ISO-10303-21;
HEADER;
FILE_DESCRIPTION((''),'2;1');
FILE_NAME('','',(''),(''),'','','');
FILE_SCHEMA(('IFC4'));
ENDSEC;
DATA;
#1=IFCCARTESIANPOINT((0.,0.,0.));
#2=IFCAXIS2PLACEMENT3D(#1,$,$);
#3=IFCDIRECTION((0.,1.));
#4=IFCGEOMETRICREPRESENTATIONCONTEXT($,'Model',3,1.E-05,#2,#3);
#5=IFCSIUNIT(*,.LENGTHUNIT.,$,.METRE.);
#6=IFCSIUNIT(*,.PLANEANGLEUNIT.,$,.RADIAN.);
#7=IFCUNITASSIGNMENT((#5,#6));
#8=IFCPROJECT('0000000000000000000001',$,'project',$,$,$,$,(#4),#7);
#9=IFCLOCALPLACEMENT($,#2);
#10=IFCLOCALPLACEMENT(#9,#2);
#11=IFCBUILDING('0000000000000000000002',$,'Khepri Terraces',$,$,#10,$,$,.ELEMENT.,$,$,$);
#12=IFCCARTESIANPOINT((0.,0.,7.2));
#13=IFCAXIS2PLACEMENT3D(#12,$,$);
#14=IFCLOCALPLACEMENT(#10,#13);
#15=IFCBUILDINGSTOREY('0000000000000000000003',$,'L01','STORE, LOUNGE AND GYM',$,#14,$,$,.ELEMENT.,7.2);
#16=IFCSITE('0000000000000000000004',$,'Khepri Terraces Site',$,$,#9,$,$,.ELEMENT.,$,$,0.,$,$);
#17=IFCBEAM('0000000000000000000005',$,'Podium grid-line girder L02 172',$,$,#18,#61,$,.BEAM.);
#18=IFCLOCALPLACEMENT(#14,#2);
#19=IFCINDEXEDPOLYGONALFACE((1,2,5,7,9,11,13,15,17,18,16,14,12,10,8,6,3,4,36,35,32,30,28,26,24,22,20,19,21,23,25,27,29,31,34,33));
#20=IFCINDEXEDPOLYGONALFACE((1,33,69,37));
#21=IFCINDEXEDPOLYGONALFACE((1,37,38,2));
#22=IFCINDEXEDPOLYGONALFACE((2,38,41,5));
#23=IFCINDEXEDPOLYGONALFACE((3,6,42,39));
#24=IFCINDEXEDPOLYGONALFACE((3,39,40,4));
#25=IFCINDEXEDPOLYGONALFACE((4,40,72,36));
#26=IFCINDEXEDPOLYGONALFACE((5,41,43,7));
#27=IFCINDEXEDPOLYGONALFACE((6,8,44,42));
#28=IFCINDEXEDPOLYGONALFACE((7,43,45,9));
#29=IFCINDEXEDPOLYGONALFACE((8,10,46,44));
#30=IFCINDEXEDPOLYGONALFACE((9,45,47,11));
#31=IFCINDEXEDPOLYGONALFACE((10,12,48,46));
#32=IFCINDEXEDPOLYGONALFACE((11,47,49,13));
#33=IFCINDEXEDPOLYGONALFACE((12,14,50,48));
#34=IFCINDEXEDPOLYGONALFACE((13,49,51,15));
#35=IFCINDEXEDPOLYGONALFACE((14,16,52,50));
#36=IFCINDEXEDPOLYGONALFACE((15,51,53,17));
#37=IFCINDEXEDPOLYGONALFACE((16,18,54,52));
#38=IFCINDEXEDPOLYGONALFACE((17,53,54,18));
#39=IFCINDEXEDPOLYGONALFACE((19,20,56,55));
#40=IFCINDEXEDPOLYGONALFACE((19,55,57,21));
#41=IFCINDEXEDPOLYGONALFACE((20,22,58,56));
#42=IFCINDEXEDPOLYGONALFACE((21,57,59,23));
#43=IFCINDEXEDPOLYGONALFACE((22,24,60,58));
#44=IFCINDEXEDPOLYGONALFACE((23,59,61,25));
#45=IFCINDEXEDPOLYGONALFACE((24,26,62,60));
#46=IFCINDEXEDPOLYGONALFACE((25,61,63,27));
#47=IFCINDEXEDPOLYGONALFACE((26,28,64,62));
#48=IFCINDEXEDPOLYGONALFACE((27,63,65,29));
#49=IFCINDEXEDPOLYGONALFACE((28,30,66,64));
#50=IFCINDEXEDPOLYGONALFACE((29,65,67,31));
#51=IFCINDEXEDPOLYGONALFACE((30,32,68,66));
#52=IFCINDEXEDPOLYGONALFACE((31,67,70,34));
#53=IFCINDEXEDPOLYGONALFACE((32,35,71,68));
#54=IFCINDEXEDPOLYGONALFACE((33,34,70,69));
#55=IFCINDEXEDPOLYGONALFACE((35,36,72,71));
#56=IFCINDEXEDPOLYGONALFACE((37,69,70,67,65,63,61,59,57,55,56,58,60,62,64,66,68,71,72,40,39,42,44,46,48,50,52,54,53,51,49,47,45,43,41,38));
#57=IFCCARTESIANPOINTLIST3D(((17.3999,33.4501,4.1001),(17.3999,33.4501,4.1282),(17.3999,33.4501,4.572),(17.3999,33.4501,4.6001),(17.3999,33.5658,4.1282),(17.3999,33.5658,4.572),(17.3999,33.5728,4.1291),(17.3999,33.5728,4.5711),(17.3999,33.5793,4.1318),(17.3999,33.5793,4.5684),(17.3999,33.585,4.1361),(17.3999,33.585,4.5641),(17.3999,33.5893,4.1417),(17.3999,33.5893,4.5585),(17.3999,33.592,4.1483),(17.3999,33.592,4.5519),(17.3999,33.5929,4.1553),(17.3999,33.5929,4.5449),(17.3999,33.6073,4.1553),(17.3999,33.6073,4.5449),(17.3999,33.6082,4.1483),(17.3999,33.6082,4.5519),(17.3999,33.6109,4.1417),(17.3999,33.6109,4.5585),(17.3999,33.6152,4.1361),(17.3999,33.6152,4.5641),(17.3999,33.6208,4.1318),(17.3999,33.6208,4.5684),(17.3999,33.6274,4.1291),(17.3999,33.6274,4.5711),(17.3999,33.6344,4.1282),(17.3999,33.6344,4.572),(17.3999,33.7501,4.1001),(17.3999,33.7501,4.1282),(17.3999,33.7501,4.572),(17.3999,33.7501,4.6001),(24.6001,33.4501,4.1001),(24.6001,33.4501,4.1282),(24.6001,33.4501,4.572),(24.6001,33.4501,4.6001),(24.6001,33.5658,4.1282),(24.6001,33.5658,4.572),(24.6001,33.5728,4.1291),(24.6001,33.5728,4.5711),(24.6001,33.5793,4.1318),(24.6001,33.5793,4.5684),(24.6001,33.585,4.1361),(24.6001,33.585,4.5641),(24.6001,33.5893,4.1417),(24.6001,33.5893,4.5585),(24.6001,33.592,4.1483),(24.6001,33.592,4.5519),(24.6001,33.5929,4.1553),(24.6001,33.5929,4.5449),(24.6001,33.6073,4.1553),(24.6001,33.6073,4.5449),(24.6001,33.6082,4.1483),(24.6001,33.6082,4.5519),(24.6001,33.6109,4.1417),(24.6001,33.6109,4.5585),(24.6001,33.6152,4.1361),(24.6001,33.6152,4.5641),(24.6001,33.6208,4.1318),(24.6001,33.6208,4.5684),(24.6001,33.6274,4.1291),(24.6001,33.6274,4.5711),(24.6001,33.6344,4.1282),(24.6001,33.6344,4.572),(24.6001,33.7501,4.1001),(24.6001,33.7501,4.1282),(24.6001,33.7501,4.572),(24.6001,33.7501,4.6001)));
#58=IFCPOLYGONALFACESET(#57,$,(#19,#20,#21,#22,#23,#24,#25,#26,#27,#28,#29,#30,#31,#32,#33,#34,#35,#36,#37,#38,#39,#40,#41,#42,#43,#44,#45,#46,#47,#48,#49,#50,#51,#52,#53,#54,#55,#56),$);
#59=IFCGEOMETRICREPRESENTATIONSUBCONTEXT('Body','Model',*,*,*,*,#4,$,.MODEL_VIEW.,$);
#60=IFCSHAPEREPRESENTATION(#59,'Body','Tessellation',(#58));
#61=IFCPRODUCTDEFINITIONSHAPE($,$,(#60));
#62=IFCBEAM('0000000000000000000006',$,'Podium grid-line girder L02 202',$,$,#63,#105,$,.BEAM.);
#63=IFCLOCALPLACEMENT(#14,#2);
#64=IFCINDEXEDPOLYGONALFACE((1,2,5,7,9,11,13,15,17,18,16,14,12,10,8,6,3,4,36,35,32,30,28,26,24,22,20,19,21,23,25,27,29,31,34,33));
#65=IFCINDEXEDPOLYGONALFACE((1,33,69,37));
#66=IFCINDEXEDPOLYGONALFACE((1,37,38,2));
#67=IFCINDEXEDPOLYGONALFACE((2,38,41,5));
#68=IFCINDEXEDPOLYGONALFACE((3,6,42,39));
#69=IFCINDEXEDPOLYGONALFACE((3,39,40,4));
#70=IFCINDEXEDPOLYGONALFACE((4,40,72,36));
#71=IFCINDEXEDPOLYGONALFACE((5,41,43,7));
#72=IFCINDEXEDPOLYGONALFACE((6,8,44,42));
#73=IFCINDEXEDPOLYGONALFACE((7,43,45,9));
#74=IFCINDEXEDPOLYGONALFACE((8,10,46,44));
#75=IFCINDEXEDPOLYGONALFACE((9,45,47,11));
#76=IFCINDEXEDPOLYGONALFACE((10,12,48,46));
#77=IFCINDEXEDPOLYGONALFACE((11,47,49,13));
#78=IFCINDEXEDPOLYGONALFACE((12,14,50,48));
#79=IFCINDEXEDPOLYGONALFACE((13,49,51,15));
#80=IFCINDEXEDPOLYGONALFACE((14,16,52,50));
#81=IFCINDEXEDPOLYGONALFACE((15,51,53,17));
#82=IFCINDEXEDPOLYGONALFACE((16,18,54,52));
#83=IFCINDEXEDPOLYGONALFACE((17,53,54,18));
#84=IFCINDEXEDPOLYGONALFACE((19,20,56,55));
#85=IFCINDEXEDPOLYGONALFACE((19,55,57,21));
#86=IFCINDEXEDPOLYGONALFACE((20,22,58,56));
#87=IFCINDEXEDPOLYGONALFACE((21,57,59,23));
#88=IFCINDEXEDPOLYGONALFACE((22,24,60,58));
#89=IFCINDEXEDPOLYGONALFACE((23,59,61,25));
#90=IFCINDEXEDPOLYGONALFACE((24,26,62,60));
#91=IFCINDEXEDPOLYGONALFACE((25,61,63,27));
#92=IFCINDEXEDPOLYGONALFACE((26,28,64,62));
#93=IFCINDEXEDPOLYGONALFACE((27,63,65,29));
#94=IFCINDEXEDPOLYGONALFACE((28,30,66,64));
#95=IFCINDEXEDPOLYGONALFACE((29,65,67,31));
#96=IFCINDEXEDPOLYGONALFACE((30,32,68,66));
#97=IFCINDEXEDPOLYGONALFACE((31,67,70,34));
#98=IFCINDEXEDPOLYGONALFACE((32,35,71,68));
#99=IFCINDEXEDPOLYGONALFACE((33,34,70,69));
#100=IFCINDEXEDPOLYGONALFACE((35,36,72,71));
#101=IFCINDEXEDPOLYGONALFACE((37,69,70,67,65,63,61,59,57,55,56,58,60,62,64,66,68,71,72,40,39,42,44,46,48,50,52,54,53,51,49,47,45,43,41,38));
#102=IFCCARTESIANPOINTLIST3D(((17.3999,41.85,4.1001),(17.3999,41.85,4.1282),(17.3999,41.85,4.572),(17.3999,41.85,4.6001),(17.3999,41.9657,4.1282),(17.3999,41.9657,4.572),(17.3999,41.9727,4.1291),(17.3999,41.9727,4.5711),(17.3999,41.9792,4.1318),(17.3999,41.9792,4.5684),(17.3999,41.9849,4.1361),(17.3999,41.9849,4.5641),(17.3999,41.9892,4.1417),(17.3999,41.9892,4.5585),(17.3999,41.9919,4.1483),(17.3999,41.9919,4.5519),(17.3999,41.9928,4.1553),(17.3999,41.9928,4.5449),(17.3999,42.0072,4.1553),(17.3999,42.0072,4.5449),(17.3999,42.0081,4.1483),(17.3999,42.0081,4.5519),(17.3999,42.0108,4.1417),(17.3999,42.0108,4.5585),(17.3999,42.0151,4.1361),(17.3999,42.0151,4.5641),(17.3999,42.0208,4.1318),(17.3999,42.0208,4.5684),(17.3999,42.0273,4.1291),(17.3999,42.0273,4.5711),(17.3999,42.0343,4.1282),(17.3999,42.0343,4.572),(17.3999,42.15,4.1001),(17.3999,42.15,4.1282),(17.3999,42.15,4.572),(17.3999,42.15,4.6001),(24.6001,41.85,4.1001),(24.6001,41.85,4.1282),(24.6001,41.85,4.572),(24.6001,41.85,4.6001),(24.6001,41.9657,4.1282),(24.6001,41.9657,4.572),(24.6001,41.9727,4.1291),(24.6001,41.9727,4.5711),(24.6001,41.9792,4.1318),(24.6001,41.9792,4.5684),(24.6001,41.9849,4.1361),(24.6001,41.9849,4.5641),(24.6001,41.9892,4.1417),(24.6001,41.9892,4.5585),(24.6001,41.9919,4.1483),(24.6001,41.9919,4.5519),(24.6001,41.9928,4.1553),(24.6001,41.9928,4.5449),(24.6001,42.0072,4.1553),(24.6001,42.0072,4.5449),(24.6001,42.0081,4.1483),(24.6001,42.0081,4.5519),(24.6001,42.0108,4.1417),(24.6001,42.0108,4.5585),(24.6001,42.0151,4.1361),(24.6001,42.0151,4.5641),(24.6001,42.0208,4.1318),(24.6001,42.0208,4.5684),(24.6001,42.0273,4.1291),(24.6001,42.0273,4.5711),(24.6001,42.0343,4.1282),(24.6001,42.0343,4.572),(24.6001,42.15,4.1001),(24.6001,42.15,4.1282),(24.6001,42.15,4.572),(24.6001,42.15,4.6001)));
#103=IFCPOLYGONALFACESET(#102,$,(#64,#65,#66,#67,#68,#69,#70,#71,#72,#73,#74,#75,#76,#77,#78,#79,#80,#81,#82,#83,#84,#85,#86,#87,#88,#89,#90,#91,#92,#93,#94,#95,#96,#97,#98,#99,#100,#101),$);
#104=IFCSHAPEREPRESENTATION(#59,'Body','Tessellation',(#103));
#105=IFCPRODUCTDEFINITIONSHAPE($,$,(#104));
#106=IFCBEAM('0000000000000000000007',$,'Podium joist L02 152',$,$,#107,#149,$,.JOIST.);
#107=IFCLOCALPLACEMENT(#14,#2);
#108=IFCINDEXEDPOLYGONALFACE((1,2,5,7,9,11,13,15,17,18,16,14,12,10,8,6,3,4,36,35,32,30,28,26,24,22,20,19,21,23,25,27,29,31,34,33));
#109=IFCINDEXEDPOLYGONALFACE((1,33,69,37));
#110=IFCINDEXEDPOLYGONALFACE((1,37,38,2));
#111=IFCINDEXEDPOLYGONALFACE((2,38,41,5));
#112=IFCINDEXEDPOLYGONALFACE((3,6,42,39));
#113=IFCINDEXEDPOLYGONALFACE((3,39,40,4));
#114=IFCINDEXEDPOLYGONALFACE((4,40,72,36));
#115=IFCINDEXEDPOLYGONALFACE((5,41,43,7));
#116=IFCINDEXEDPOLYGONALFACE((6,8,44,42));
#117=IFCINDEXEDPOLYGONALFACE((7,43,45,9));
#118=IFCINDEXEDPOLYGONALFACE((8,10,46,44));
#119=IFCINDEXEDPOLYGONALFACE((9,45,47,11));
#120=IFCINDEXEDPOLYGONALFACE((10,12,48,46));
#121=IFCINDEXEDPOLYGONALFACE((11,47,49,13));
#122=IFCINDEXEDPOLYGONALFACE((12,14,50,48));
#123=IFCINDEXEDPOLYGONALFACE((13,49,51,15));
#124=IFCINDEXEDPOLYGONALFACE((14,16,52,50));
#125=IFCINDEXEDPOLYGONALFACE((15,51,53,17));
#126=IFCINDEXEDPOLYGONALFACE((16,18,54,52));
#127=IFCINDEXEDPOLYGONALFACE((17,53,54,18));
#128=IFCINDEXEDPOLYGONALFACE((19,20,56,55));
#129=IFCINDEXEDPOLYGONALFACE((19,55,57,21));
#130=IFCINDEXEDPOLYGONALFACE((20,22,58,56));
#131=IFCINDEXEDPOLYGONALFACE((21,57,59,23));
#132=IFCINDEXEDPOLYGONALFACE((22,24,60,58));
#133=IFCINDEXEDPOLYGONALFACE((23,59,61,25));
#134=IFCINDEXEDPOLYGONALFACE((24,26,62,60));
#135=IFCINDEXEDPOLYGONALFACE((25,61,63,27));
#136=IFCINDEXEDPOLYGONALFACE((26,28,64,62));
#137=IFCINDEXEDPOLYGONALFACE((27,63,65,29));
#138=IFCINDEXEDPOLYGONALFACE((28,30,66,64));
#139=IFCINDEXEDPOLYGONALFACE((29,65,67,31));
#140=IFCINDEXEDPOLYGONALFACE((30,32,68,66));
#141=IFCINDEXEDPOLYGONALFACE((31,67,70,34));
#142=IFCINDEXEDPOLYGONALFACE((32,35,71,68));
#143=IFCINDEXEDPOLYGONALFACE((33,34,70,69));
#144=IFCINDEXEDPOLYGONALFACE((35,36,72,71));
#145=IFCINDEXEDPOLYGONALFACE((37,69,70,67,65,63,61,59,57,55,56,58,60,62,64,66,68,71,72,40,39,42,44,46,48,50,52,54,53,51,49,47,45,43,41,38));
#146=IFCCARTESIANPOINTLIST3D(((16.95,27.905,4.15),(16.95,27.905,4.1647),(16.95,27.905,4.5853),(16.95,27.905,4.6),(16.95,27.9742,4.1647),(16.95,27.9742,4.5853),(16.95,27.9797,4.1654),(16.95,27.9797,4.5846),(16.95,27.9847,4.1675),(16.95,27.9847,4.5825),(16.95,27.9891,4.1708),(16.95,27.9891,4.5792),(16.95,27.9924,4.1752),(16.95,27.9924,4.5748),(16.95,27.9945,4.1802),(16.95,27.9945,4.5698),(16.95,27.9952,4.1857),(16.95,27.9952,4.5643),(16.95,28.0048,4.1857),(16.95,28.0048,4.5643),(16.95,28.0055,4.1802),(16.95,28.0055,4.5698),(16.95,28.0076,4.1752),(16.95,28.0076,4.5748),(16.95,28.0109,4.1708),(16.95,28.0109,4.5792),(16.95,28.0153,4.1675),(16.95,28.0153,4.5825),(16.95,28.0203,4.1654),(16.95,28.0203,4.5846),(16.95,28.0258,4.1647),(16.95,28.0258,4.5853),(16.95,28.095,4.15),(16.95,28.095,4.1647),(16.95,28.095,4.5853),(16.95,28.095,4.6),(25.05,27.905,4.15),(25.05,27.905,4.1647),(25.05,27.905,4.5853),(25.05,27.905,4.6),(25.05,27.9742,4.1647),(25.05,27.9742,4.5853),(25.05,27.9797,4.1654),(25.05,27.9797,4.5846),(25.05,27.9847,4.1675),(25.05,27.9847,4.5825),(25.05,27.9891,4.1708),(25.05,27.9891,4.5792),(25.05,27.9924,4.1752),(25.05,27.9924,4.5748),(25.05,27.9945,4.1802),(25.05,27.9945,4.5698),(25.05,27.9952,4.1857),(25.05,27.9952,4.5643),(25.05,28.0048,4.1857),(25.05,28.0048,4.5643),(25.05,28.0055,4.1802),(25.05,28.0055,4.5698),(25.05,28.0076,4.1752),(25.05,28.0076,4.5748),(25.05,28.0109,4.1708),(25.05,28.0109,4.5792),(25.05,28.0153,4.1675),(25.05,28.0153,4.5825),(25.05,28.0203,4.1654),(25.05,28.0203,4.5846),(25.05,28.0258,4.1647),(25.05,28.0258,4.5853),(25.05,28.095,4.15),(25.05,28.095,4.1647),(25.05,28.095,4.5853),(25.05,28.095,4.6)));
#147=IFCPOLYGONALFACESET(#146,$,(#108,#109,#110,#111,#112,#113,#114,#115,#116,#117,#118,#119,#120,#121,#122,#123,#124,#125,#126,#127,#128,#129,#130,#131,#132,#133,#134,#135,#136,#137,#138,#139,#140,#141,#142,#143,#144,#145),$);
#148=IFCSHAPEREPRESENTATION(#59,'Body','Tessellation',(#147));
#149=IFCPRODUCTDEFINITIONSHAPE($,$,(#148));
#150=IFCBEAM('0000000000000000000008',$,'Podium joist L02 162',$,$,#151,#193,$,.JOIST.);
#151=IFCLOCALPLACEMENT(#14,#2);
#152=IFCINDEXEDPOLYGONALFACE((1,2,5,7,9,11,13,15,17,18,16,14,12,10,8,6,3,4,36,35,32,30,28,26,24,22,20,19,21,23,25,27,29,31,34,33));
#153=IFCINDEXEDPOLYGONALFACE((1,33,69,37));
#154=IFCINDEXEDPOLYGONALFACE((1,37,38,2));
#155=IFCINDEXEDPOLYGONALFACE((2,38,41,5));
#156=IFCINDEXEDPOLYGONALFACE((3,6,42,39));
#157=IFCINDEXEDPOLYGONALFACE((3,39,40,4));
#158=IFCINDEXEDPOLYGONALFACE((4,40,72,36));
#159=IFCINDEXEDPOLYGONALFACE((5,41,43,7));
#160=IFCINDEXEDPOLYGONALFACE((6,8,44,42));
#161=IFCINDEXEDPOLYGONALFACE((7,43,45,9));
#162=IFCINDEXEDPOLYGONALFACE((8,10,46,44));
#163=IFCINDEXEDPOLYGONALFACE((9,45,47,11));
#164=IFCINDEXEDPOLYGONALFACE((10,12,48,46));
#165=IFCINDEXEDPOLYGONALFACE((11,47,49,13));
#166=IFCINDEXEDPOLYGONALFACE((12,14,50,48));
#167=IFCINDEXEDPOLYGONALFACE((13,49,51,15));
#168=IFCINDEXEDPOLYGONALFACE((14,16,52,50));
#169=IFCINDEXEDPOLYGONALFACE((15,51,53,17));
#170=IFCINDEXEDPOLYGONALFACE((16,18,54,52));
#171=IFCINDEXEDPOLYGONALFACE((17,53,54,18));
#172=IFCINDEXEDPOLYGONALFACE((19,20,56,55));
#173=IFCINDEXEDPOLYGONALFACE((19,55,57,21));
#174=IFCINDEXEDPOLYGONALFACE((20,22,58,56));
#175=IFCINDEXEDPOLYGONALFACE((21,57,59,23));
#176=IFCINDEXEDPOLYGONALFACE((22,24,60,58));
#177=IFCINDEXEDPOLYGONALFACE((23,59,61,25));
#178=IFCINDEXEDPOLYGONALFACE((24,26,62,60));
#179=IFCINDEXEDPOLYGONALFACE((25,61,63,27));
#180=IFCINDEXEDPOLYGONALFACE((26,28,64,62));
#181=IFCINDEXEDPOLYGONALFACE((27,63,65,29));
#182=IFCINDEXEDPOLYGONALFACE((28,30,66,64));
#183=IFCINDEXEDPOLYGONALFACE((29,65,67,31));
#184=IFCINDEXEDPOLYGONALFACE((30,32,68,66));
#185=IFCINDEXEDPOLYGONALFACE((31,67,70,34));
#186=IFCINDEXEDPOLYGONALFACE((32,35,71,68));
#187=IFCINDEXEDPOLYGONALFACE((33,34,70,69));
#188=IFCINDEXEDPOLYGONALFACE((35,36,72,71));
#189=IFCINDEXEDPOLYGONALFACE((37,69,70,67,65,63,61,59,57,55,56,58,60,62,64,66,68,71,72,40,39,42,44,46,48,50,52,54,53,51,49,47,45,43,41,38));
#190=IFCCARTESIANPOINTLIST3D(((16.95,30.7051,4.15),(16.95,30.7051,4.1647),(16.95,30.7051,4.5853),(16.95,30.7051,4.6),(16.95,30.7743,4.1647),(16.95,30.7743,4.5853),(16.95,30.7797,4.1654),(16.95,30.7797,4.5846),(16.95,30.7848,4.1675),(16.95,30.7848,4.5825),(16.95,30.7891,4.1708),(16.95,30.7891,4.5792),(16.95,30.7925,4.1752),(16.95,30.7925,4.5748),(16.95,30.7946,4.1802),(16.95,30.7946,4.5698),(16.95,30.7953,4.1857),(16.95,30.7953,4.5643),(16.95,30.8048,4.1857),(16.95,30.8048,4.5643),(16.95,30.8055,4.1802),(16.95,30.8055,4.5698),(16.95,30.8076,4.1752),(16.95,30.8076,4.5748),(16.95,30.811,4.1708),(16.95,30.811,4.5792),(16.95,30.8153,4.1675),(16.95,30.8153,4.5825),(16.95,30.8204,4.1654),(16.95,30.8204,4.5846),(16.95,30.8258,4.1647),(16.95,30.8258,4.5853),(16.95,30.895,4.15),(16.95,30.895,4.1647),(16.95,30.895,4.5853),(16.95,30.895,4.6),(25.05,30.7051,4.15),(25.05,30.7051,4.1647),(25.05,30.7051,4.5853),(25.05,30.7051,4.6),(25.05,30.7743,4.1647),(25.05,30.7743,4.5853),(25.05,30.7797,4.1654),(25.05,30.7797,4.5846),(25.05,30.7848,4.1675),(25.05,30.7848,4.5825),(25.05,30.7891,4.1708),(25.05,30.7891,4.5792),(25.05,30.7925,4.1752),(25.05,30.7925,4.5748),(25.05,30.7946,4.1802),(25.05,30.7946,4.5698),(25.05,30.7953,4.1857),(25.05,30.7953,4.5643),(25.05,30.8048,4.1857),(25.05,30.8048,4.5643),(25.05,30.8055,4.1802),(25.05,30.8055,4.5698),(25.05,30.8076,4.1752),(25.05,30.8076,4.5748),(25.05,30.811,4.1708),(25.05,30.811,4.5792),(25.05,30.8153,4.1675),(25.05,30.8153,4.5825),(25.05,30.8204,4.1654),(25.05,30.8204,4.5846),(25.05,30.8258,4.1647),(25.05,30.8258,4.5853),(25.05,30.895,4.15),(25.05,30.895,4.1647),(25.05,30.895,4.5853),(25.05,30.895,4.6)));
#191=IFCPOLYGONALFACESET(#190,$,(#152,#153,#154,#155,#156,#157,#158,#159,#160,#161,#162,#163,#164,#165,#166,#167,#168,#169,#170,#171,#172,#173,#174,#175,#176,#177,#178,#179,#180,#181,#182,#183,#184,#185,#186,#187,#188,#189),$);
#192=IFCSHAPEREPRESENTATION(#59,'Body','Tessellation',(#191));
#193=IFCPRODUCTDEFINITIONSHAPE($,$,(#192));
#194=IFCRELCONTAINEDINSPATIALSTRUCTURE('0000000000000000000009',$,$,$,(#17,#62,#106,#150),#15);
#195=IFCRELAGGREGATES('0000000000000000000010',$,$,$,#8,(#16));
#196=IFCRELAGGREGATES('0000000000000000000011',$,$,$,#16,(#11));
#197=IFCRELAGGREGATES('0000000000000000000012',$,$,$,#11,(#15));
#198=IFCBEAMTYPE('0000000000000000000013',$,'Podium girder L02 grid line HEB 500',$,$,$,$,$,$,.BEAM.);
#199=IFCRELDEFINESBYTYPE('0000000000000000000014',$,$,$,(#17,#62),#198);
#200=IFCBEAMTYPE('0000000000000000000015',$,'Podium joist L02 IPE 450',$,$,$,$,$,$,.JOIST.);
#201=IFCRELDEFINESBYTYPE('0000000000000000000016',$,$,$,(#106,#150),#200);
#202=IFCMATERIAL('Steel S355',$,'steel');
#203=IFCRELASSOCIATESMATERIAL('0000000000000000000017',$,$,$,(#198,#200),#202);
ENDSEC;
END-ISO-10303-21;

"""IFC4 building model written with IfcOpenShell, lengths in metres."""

from ifc_helpers import new_model, si_unit, direction, frame, origin, origin_2d, place, context, subcontext, project, spatial, i_section, extrude, material, material_profile, profile_set, type_object, element, save


model = new_model("IFC4")

# Units and contexts
model_context = context("Model", 3, precision=1e-05, world=origin(), true_north=direction((0.0, 1.0)))
body_context = subcontext(model_context, "Body", "Model", "MODEL_VIEW")
ifc_project = project(units=[si_unit("LENGTHUNIT", "METRE"), si_unit("PLANEANGLEUNIT", "RADIAN")], contexts=[model_context])

# Site, building, storey
site_placement = place(None, origin())
site = spatial("IfcSite", under=ifc_project, at=site_placement, Name="Khepri Terraces Site", CompositionType="ELEMENT", RefElevation=0.0)
building_placement = place(site_placement, origin())
building = spatial("IfcBuilding", under=site, at=building_placement, Name="Khepri Terraces", CompositionType="ELEMENT")
storey_placement = place(building_placement, frame((0.0, 0.0, 7.2)))
storey = spatial("IfcBuildingStorey", under=building, at=storey_placement, Name="L01", Description="STORE, LOUNGE AND GYM", CompositionType="ELEMENT", Elevation=7.2)

# Beams
ifc_material_1 = material(Name="Steel S355", Category="steel")
ifc_material_profile_1 = material_profile(ifc_material_1, i_section(OverallWidth=0.3, OverallDepth=0.5, WebThickness=0.0144, FlangeThickness=0.0281, FilletRadius=0.0271, at=origin_2d()), Name="Steel S355", Category="steel")
ifc_profile_set_1 = profile_set([ifc_material_profile_1], Name="Steel S355")
beam_type_1 = type_object("IfcBeamType", Name="Podium girder L02 grid line HEB 500", PredefinedType="BEAM", material=ifc_profile_set_1)
for number, where, z_axis, x_axis, name in (
    (1, (17.3999, 33.6001, 4.3501), (1.0, 0.0, 0.0), (0.0, 1.0, 0.0), "Podium grid-line girder L02 172"),
    (2, (17.3999, 42.0, 4.3501), (1.0, 0.0, 0.0), (0.0, 1.0, 0.0), "Podium grid-line girder L02 202"),
):
    element("IfcBeam", number, at=place(storey_placement, frame(where, z_axis=z_axis, x_axis=x_axis)), inside=storey, type_object=beam_type_1, Name=name, PredefinedType="BEAM", context=body_context, shape_type="SweptSolid", body=[
        extrude(i_section(OverallWidth=0.3, OverallDepth=0.5, WebThickness=0.0144, FlangeThickness=0.0281, FilletRadius=0.0271, at=origin_2d()), origin(), (0.0, 0.0, 1.0), 7.2002),
    ])
ifc_material_profile_2 = material_profile(ifc_material_1, i_section(OverallWidth=0.1899, OverallDepth=0.45, WebThickness=0.0095, FlangeThickness=0.0146, FilletRadius=0.021, at=origin_2d()), Name="Steel S355", Category="steel")
ifc_profile_set_2 = profile_set([ifc_material_profile_2], Name="Steel S355")
beam_type_2 = type_object("IfcBeamType", Name="Podium joist L02 IPE 450", PredefinedType="JOIST", material=ifc_profile_set_2)
for number, where, z_axis, x_axis, name in (
    (3, (16.95, 28.0, 4.375), (1.0, 0.0, 0.0), (0.0, 1.0, 0.0), "Podium joist L02 152"),
    (4, (16.95, 30.8, 4.375), (1.0, 0.0, 0.0), (0.0, 1.0, 0.0), "Podium joist L02 162"),
):
    element("IfcBeam", number, at=place(storey_placement, frame(where, z_axis=z_axis, x_axis=x_axis)), inside=storey, type_object=beam_type_2, Name=name, PredefinedType="JOIST", context=body_context, shape_type="SweptSolid", body=[
        extrude(i_section(OverallWidth=0.1899, OverallDepth=0.45, WebThickness=0.0095, FlangeThickness=0.0146, FilletRadius=0.021, at=origin_2d()), origin(), (0.0, 0.0, 1.0), 8.1001),
    ])

save(model, "model.ifc")
